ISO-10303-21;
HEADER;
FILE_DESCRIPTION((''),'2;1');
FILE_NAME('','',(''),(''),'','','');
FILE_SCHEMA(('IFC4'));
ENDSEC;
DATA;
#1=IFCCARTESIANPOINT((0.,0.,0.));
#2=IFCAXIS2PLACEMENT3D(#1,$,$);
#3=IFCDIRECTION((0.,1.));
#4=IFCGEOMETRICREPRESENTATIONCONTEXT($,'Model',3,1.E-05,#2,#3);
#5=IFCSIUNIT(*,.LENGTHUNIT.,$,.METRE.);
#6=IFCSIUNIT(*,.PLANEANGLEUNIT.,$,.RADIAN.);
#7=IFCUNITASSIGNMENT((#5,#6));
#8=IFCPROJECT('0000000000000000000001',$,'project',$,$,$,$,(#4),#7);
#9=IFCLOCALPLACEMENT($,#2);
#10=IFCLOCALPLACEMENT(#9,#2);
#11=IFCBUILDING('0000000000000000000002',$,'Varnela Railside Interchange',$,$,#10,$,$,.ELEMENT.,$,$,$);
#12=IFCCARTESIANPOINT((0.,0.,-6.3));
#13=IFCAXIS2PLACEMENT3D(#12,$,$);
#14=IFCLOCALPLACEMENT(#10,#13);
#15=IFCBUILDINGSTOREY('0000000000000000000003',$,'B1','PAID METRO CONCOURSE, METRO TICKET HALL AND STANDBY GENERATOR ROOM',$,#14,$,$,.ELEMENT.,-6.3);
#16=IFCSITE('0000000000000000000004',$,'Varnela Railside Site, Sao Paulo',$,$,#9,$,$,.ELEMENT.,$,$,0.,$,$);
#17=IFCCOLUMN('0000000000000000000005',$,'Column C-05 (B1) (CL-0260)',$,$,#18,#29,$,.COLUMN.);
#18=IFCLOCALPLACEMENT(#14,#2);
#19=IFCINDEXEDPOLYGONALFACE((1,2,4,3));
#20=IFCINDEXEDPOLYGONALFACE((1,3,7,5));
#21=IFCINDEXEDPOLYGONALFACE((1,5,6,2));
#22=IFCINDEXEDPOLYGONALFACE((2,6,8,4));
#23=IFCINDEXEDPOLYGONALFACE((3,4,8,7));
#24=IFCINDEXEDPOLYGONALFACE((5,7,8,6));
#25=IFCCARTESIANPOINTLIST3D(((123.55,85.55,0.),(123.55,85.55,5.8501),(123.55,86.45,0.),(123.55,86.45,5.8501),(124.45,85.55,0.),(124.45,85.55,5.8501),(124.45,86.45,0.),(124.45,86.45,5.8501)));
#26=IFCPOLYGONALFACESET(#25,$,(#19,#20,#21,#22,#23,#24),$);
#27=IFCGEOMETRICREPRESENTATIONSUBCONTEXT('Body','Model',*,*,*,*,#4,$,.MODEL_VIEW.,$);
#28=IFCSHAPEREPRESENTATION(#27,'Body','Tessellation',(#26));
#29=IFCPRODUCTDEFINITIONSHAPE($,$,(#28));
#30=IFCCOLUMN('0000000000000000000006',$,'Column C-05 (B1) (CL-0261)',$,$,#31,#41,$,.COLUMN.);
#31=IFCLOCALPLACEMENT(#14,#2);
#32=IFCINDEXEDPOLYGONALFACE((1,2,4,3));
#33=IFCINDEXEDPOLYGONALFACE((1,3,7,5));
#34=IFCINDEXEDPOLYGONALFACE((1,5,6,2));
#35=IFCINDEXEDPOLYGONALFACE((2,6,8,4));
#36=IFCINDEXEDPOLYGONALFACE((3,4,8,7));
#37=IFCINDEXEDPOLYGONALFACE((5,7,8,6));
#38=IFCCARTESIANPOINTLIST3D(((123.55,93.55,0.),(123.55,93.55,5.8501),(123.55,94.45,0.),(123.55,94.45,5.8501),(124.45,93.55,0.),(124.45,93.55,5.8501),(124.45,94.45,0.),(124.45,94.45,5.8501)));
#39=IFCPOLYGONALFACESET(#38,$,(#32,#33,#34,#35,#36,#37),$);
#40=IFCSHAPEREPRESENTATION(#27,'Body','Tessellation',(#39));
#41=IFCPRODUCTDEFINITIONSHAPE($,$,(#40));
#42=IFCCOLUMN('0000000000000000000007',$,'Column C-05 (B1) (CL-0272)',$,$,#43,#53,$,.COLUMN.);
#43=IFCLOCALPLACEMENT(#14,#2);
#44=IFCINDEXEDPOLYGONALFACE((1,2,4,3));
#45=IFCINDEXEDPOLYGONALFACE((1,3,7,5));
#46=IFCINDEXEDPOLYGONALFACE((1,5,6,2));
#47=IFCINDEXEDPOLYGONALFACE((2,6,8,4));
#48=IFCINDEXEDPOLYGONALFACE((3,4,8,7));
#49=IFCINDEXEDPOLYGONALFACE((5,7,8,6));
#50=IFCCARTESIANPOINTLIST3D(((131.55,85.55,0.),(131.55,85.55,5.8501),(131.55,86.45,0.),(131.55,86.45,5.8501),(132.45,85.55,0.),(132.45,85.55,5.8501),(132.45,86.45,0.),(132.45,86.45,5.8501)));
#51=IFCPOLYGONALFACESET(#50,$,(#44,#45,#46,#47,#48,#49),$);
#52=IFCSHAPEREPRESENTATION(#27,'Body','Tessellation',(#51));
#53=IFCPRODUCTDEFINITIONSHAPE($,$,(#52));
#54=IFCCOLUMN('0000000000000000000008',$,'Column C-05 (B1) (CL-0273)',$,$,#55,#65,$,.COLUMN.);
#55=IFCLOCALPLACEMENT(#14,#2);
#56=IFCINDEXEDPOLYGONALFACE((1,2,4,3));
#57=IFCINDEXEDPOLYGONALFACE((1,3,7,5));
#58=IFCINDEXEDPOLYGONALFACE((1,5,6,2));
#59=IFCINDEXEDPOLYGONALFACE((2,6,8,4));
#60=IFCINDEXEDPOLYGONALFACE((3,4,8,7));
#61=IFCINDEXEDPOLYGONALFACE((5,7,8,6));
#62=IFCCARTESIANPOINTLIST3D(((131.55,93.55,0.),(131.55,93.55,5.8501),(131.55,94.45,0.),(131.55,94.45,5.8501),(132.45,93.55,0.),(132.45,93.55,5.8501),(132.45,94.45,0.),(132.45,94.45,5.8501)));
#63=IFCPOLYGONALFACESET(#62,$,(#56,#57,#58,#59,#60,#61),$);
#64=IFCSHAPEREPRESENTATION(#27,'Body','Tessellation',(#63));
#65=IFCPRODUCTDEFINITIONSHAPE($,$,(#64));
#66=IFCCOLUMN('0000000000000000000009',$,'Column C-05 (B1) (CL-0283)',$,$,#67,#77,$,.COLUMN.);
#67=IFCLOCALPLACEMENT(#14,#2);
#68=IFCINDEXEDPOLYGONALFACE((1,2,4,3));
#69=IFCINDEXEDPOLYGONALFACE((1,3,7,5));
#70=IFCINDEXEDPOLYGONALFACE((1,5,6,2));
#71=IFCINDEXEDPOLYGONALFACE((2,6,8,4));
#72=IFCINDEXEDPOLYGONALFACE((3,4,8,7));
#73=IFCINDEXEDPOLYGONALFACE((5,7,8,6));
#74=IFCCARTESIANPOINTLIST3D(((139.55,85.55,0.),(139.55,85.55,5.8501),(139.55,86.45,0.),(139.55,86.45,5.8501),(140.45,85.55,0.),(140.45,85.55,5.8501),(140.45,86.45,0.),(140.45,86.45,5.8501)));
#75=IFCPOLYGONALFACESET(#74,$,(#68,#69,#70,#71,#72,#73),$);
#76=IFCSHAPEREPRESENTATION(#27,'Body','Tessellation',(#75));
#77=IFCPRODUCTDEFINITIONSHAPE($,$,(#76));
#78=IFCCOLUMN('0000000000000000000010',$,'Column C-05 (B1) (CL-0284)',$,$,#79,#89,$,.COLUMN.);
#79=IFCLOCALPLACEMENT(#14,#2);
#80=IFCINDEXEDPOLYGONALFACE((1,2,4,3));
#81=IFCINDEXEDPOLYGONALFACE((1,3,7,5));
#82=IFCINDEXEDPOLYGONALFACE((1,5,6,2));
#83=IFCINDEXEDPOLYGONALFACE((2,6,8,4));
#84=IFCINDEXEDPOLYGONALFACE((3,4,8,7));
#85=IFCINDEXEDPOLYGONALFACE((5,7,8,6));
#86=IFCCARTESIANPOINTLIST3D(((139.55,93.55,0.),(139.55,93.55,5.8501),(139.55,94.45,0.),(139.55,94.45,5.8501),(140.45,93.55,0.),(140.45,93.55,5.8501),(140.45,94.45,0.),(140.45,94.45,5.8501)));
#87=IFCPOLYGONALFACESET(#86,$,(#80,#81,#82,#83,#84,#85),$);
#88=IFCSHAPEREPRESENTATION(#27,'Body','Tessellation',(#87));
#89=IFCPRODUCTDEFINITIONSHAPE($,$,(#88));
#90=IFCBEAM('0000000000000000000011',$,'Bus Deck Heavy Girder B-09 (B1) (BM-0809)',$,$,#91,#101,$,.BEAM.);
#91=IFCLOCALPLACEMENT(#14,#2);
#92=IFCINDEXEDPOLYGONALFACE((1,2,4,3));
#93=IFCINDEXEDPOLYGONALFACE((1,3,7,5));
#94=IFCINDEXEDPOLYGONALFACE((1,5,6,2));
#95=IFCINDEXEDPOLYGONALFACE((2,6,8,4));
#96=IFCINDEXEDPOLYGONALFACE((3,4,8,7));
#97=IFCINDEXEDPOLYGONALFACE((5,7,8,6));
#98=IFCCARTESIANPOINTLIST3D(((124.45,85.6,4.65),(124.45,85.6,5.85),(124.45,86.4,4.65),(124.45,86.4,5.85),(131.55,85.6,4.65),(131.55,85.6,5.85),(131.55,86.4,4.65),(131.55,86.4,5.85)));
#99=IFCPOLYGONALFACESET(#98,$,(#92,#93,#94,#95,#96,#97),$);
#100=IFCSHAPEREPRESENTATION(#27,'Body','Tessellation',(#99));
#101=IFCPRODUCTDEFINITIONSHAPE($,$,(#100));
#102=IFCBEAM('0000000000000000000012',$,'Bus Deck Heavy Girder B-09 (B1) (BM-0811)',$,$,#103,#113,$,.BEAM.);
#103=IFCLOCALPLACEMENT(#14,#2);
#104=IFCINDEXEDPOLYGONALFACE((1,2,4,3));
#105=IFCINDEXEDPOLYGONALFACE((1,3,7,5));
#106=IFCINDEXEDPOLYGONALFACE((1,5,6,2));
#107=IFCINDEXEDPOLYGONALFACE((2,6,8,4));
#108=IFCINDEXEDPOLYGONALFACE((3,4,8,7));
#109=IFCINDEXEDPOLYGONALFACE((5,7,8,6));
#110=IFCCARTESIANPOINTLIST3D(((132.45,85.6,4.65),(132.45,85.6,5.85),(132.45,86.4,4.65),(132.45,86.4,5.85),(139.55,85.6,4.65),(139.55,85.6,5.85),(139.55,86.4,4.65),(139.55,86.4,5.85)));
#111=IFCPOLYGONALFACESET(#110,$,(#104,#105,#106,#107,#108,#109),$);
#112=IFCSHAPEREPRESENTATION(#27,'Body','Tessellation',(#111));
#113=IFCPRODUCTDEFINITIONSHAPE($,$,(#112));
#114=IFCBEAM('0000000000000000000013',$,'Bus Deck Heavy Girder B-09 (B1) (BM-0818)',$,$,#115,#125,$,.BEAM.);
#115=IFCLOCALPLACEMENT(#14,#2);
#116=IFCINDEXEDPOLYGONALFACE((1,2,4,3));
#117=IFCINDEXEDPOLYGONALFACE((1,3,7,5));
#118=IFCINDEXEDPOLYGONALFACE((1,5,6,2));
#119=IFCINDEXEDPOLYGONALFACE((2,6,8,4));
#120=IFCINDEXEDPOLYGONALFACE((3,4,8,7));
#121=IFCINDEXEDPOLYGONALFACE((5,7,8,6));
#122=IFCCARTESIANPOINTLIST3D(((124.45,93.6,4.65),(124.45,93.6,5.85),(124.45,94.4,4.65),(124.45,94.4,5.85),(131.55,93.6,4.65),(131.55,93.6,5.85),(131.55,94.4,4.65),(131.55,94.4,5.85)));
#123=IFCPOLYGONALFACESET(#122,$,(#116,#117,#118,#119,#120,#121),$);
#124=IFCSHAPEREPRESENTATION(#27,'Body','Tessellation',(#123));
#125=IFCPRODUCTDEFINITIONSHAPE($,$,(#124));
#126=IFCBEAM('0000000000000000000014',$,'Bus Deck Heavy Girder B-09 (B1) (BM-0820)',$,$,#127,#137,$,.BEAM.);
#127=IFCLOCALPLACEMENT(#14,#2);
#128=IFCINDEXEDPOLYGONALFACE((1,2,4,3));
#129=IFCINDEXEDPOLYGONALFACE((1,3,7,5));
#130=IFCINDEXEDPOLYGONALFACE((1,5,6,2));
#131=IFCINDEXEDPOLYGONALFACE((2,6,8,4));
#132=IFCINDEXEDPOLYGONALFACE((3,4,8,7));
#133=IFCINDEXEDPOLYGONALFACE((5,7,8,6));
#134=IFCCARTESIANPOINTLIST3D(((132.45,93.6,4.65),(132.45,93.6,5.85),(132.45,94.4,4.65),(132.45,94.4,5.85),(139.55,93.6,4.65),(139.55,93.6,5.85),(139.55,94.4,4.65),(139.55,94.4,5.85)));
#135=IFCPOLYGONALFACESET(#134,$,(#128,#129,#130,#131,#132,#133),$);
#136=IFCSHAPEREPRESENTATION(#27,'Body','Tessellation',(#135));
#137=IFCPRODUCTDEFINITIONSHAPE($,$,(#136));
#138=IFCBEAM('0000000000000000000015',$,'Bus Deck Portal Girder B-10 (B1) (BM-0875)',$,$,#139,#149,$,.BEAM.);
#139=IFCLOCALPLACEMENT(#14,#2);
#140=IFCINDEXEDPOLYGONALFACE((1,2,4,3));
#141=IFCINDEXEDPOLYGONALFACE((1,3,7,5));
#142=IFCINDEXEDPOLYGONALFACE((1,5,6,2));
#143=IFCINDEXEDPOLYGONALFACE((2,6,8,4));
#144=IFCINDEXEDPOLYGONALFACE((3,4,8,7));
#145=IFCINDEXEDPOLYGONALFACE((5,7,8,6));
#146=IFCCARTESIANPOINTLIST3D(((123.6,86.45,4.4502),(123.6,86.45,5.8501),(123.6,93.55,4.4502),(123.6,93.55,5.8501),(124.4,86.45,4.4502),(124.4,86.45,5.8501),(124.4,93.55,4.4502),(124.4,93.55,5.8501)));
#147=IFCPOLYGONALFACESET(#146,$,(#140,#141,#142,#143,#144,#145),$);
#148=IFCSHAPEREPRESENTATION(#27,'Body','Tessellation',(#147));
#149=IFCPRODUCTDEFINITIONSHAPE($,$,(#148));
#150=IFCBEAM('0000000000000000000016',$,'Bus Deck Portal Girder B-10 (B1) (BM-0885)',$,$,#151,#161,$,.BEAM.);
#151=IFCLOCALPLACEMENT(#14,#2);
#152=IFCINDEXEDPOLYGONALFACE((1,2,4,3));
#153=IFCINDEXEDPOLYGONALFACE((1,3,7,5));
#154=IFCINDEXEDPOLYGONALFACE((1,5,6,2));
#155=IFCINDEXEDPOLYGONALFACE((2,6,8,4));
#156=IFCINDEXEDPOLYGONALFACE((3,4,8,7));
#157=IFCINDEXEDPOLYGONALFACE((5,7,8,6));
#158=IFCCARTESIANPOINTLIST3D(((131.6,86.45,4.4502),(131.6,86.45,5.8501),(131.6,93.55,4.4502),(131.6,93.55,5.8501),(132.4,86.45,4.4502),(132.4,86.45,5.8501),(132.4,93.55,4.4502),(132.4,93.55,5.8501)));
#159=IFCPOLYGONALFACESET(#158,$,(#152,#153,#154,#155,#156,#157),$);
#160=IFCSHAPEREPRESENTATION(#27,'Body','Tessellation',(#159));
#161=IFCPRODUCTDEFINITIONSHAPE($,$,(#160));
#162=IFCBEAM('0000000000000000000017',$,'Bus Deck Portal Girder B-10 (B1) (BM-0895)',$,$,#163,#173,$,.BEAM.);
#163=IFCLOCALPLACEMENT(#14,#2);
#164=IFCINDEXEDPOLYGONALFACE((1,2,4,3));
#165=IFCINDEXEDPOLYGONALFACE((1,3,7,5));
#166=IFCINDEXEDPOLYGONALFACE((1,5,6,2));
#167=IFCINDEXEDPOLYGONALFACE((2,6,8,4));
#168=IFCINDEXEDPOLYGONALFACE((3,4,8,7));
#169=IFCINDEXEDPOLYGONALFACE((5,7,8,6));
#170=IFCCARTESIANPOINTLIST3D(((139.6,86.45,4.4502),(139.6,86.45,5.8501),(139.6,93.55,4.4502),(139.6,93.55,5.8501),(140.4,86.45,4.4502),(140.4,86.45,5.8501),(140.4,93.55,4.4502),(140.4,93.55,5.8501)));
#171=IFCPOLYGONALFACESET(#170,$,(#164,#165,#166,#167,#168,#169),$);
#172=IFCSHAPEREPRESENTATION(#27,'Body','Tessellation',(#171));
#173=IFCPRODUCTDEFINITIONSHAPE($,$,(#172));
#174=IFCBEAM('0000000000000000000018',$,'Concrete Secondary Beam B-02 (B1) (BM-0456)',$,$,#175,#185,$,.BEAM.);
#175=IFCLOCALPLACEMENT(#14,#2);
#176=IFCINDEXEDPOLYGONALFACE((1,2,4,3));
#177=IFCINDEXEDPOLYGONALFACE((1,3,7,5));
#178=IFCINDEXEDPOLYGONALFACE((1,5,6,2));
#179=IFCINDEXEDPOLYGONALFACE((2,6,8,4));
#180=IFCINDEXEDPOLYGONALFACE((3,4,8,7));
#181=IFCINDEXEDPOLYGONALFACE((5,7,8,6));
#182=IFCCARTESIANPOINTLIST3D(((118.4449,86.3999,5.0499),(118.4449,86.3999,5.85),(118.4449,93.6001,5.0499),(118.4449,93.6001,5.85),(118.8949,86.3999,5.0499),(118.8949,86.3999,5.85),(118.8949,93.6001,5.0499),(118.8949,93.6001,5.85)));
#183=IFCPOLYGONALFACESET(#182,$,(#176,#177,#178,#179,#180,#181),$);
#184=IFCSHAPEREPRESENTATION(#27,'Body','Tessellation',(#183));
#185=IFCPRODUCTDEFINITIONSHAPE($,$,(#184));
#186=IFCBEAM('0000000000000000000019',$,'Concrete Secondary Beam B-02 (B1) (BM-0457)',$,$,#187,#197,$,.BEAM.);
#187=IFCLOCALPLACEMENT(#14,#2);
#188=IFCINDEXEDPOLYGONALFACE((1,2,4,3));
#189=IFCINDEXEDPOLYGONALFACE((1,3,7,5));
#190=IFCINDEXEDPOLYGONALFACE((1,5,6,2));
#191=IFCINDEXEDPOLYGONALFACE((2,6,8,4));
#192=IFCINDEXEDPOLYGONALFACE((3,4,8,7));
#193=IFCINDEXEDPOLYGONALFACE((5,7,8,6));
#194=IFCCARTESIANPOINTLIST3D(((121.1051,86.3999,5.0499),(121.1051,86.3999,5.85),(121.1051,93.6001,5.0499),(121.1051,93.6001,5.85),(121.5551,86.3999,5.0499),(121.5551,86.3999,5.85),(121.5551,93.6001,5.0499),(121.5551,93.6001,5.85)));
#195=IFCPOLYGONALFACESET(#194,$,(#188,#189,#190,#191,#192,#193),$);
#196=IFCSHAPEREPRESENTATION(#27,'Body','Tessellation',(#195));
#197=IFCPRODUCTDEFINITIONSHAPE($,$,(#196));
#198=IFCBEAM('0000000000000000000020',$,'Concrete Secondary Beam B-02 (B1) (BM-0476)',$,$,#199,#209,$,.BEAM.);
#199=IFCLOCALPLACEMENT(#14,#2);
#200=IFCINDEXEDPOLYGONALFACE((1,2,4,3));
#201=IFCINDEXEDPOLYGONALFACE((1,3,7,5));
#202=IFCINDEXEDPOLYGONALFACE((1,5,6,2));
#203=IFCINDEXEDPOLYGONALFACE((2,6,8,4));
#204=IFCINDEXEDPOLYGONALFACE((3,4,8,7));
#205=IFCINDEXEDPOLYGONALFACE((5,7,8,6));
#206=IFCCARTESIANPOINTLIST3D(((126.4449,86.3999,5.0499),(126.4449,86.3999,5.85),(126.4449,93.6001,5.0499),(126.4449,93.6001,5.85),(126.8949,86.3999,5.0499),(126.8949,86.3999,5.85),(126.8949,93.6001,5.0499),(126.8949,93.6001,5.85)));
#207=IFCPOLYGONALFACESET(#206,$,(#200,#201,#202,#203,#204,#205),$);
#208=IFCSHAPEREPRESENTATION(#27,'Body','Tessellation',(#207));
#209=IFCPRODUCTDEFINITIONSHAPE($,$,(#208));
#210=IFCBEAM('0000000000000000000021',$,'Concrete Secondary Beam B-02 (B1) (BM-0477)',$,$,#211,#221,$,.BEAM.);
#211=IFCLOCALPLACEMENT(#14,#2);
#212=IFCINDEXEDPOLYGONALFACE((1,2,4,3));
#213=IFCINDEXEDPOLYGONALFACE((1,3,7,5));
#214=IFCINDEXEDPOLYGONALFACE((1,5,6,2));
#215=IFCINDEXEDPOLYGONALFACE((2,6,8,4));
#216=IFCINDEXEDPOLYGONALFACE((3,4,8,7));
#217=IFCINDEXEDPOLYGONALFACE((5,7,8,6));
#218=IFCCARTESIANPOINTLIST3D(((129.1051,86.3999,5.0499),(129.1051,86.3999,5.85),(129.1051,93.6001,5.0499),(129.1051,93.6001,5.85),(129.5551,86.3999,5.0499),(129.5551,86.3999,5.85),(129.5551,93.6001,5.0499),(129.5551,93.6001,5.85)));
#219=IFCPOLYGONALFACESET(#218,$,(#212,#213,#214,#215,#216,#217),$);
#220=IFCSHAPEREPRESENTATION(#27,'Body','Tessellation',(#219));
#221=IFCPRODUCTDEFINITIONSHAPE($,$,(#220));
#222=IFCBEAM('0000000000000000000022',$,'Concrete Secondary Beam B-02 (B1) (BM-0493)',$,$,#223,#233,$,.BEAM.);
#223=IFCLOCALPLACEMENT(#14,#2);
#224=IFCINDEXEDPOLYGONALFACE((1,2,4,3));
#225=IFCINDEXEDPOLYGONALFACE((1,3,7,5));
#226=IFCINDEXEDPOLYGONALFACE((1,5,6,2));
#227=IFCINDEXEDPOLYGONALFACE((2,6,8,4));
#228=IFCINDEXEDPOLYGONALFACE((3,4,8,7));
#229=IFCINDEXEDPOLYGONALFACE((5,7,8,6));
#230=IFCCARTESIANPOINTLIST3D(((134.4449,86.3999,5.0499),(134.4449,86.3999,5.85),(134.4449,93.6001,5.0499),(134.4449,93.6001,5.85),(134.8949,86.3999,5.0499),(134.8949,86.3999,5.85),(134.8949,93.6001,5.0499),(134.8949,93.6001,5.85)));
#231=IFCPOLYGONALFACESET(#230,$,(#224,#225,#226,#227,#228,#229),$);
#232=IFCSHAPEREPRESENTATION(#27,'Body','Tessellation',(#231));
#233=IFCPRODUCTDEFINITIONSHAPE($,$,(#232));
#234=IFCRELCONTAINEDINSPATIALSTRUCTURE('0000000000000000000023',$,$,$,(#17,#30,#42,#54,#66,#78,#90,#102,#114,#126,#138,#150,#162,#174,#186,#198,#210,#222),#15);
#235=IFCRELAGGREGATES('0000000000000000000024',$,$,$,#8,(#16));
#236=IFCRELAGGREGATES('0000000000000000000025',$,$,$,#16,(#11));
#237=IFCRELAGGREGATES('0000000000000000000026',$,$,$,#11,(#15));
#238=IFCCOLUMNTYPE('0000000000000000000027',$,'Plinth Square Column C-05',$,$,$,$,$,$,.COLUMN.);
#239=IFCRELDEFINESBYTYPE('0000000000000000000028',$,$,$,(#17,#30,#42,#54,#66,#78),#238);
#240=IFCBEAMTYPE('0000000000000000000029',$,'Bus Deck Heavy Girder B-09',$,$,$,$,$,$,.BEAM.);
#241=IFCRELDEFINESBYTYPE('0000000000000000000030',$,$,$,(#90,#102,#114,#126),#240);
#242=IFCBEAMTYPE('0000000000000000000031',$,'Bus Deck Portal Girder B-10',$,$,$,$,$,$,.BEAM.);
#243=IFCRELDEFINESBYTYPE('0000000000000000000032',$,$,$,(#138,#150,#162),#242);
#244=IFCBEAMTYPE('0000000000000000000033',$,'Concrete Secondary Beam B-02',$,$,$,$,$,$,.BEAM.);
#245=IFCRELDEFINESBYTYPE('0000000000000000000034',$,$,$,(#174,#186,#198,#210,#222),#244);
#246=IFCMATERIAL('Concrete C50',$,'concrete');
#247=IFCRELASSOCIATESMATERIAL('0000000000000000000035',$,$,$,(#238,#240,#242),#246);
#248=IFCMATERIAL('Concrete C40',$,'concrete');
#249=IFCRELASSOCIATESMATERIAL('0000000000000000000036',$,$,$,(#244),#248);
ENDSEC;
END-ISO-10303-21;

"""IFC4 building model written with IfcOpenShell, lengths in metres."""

from ifc_helpers import new_model, si_unit, direction, frame, origin, origin_2d, place, context, subcontext, project, spatial, rectangle, extrude, material, material_profile, profile_set, type_object, element, save


model = new_model("IFC4")

# Units and contexts
model_context = context("Model", 3, precision=1e-05, world=origin(), true_north=direction((0.0, 1.0)))
body_context = subcontext(model_context, "Body", "Model", "MODEL_VIEW")
ifc_project = project(units=[si_unit("LENGTHUNIT", "METRE"), si_unit("PLANEANGLEUNIT", "RADIAN")], contexts=[model_context])

# Site, building, storey
site_placement = place(None, origin())
site = spatial("IfcSite", under=ifc_project, at=site_placement, Name="Varnela Railside Site, Sao Paulo", CompositionType="ELEMENT", RefElevation=0.0)
building_placement = place(site_placement, origin())
building = spatial("IfcBuilding", under=site, at=building_placement, Name="Varnela Railside Interchange", CompositionType="ELEMENT")
storey_placement = place(building_placement, frame((0.0, 0.0, -6.3)))
storey = spatial("IfcBuildingStorey", under=building, at=storey_placement, Name="B1", Description="PAID METRO CONCOURSE, METRO TICKET HALL AND STANDBY GENERATOR ROOM", CompositionType="ELEMENT", Elevation=-6.3)

# Columns
ifc_material_1 = material(Name="Concrete C50", Category="concrete")
ifc_material_profile_1 = material_profile(ifc_material_1, rectangle(XDim=0.8999, YDim=0.8999, at=origin_2d()), Name="RC 900x900")
ifc_profile_set_1 = profile_set([ifc_material_profile_1], Name="Concrete C50")
column_type = type_object("IfcColumnType", Name="Plinth Square Column C-05", PredefinedType="COLUMN", material=ifc_profile_set_1)
for number, where, z_axis, x_axis, name in (
    (1, (124.0, 86.0, 0.0), (0.0, 0.0, 1.0), (1.0, 0.0, 0.0), "Column C-05 (B1) (CL-0260)"),
    (2, (124.0, 94.0, 0.0), (0.0, 0.0, 1.0), (1.0, 0.0, 0.0), "Column C-05 (B1) (CL-0261)"),
    (3, (132.0, 86.0, 0.0), (0.0, 0.0, 1.0), (1.0, 0.0, 0.0), "Column C-05 (B1) (CL-0272)"),
    (4, (132.0, 94.0, 0.0), (0.0, 0.0, 1.0), (1.0, 0.0, 0.0), "Column C-05 (B1) (CL-0273)"),
    (5, (140.0, 86.0, 0.0), (0.0, 0.0, 1.0), (1.0, 0.0, 0.0), "Column C-05 (B1) (CL-0283)"),
    (6, (140.0, 94.0, 0.0), (0.0, 0.0, 1.0), (1.0, 0.0, 0.0), "Column C-05 (B1) (CL-0284)"),
):
    element("IfcColumn", number, at=place(storey_placement, frame(where, z_axis=z_axis, x_axis=x_axis)), inside=storey, type_object=column_type, Name=name, PredefinedType="COLUMN", context=body_context, shape_type="SweptSolid", body=[
        extrude(rectangle(XDim=0.8999, YDim=0.8999, at=origin_2d()), origin(), (0.0, 0.0, 1.0), 5.8501),
    ])

# Beams
ifc_material_profile_2 = material_profile(ifc_material_1, rectangle(XDim=0.8, YDim=1.2, at=origin_2d()), Name="RC 800x1200")
ifc_profile_set_2 = profile_set([ifc_material_profile_2], Name="Concrete C50")
beam_type_1 = type_object("IfcBeamType", Name="Bus Deck Heavy Girder B-09", PredefinedType="BEAM", material=ifc_profile_set_2)
for number, where, z_axis, x_axis, name in (
    (7, (124.45, 86.0, 5.25), (1.0, 0.0, 0.0), (0.0, 1.0, 0.0), "Bus Deck Heavy Girder B-09 (B1) (BM-0809)"),
    (8, (132.45, 86.0, 5.25), (1.0, 0.0, 0.0), (0.0, 1.0, 0.0), "Bus Deck Heavy Girder B-09 (B1) (BM-0811)"),
    (9, (124.45, 94.0, 5.25), (1.0, 0.0, 0.0), (0.0, 1.0, 0.0), "Bus Deck Heavy Girder B-09 (B1) (BM-0818)"),
    (10, (132.45, 94.0, 5.25), (1.0, 0.0, 0.0), (0.0, 1.0, 0.0), "Bus Deck Heavy Girder B-09 (B1) (BM-0820)"),
):
    element("IfcBeam", number, at=place(storey_placement, frame(where, z_axis=z_axis, x_axis=x_axis)), inside=storey, type_object=beam_type_1, Name=name, PredefinedType="BEAM", context=body_context, shape_type="SweptSolid", body=[
        extrude(rectangle(XDim=0.8, YDim=1.2, at=origin_2d()), origin(), (0.0, 0.0, 1.0), 7.1001),
    ])
ifc_material_profile_3 = material_profile(ifc_material_1, rectangle(XDim=0.8, YDim=1.3999, at=origin_2d()), Name="RC 800x1400")
ifc_profile_set_3 = profile_set([ifc_material_profile_3], Name="Concrete C50")
beam_type_2 = type_object("IfcBeamType", Name="Bus Deck Portal Girder B-10", PredefinedType="BEAM", material=ifc_profile_set_3)
for number, where, z_axis, x_axis, name in (
    (11, (124.0, 86.45, 5.1501), (0.0, 1.0, 0.0), (-1.0, 0.0, 0.0), "Bus Deck Portal Girder B-10 (B1) (BM-0875)"),
    (12, (132.0, 86.45, 5.1501), (0.0, 1.0, 0.0), (-1.0, 0.0, 0.0), "Bus Deck Portal Girder B-10 (B1) (BM-0885)"),
    (13, (140.0, 86.45, 5.1501), (0.0, 1.0, 0.0), (-1.0, 0.0, 0.0), "Bus Deck Portal Girder B-10 (B1) (BM-0895)"),
):
    element("IfcBeam", number, at=place(storey_placement, frame(where, z_axis=z_axis, x_axis=x_axis)), inside=storey, type_object=beam_type_2, Name=name, PredefinedType="BEAM", context=body_context, shape_type="SweptSolid", body=[
        extrude(rectangle(XDim=0.8, YDim=1.3999, at=origin_2d()), origin(), (0.0, 0.0, 1.0), 7.1001),
    ])
ifc_material_2 = material(Name="Concrete C40", Category="concrete")
ifc_material_profile_4 = material_profile(ifc_material_2, rectangle(XDim=0.45, YDim=0.8, at=origin_2d()), Name="RC 450x800")
ifc_profile_set_4 = profile_set([ifc_material_profile_4], Name="Concrete C40")
beam_type_3 = type_object("IfcBeamType", Name="Concrete Secondary Beam B-02", PredefinedType="BEAM", material=ifc_profile_set_4)
for number, where, z_axis, x_axis, name in (
    (14, (118.6699, 86.3999, 5.45), (0.0, 1.0, 0.0), (-1.0, 0.0, 0.0), "Concrete Secondary Beam B-02 (B1) (BM-0456)"),
    (15, (121.3301, 86.3999, 5.45), (0.0, 1.0, 0.0), (-1.0, 0.0, 0.0), "Concrete Secondary Beam B-02 (B1) (BM-0457)"),
    (16, (126.6699, 86.3999, 5.45), (0.0, 1.0, 0.0), (-1.0, 0.0, 0.0), "Concrete Secondary Beam B-02 (B1) (BM-0476)"),
    (17, (129.3301, 86.3999, 5.45), (0.0, 1.0, 0.0), (-1.0, 0.0, 0.0), "Concrete Secondary Beam B-02 (B1) (BM-0477)"),
    (18, (134.6699, 86.3999, 5.45), (0.0, 1.0, 0.0), (-1.0, 0.0, 0.0), "Concrete Secondary Beam B-02 (B1) (BM-0493)"),
):
    element("IfcBeam", number, at=place(storey_placement, frame(where, z_axis=z_axis, x_axis=x_axis)), inside=storey, type_object=beam_type_3, Name=name, PredefinedType="BEAM", context=body_context, shape_type="SweptSolid", body=[
        extrude(rectangle(XDim=0.45, YDim=0.8, at=origin_2d()), origin(), (0.0, 0.0, 1.0), 7.2002),
    ])

save(model, "model.ifc")
